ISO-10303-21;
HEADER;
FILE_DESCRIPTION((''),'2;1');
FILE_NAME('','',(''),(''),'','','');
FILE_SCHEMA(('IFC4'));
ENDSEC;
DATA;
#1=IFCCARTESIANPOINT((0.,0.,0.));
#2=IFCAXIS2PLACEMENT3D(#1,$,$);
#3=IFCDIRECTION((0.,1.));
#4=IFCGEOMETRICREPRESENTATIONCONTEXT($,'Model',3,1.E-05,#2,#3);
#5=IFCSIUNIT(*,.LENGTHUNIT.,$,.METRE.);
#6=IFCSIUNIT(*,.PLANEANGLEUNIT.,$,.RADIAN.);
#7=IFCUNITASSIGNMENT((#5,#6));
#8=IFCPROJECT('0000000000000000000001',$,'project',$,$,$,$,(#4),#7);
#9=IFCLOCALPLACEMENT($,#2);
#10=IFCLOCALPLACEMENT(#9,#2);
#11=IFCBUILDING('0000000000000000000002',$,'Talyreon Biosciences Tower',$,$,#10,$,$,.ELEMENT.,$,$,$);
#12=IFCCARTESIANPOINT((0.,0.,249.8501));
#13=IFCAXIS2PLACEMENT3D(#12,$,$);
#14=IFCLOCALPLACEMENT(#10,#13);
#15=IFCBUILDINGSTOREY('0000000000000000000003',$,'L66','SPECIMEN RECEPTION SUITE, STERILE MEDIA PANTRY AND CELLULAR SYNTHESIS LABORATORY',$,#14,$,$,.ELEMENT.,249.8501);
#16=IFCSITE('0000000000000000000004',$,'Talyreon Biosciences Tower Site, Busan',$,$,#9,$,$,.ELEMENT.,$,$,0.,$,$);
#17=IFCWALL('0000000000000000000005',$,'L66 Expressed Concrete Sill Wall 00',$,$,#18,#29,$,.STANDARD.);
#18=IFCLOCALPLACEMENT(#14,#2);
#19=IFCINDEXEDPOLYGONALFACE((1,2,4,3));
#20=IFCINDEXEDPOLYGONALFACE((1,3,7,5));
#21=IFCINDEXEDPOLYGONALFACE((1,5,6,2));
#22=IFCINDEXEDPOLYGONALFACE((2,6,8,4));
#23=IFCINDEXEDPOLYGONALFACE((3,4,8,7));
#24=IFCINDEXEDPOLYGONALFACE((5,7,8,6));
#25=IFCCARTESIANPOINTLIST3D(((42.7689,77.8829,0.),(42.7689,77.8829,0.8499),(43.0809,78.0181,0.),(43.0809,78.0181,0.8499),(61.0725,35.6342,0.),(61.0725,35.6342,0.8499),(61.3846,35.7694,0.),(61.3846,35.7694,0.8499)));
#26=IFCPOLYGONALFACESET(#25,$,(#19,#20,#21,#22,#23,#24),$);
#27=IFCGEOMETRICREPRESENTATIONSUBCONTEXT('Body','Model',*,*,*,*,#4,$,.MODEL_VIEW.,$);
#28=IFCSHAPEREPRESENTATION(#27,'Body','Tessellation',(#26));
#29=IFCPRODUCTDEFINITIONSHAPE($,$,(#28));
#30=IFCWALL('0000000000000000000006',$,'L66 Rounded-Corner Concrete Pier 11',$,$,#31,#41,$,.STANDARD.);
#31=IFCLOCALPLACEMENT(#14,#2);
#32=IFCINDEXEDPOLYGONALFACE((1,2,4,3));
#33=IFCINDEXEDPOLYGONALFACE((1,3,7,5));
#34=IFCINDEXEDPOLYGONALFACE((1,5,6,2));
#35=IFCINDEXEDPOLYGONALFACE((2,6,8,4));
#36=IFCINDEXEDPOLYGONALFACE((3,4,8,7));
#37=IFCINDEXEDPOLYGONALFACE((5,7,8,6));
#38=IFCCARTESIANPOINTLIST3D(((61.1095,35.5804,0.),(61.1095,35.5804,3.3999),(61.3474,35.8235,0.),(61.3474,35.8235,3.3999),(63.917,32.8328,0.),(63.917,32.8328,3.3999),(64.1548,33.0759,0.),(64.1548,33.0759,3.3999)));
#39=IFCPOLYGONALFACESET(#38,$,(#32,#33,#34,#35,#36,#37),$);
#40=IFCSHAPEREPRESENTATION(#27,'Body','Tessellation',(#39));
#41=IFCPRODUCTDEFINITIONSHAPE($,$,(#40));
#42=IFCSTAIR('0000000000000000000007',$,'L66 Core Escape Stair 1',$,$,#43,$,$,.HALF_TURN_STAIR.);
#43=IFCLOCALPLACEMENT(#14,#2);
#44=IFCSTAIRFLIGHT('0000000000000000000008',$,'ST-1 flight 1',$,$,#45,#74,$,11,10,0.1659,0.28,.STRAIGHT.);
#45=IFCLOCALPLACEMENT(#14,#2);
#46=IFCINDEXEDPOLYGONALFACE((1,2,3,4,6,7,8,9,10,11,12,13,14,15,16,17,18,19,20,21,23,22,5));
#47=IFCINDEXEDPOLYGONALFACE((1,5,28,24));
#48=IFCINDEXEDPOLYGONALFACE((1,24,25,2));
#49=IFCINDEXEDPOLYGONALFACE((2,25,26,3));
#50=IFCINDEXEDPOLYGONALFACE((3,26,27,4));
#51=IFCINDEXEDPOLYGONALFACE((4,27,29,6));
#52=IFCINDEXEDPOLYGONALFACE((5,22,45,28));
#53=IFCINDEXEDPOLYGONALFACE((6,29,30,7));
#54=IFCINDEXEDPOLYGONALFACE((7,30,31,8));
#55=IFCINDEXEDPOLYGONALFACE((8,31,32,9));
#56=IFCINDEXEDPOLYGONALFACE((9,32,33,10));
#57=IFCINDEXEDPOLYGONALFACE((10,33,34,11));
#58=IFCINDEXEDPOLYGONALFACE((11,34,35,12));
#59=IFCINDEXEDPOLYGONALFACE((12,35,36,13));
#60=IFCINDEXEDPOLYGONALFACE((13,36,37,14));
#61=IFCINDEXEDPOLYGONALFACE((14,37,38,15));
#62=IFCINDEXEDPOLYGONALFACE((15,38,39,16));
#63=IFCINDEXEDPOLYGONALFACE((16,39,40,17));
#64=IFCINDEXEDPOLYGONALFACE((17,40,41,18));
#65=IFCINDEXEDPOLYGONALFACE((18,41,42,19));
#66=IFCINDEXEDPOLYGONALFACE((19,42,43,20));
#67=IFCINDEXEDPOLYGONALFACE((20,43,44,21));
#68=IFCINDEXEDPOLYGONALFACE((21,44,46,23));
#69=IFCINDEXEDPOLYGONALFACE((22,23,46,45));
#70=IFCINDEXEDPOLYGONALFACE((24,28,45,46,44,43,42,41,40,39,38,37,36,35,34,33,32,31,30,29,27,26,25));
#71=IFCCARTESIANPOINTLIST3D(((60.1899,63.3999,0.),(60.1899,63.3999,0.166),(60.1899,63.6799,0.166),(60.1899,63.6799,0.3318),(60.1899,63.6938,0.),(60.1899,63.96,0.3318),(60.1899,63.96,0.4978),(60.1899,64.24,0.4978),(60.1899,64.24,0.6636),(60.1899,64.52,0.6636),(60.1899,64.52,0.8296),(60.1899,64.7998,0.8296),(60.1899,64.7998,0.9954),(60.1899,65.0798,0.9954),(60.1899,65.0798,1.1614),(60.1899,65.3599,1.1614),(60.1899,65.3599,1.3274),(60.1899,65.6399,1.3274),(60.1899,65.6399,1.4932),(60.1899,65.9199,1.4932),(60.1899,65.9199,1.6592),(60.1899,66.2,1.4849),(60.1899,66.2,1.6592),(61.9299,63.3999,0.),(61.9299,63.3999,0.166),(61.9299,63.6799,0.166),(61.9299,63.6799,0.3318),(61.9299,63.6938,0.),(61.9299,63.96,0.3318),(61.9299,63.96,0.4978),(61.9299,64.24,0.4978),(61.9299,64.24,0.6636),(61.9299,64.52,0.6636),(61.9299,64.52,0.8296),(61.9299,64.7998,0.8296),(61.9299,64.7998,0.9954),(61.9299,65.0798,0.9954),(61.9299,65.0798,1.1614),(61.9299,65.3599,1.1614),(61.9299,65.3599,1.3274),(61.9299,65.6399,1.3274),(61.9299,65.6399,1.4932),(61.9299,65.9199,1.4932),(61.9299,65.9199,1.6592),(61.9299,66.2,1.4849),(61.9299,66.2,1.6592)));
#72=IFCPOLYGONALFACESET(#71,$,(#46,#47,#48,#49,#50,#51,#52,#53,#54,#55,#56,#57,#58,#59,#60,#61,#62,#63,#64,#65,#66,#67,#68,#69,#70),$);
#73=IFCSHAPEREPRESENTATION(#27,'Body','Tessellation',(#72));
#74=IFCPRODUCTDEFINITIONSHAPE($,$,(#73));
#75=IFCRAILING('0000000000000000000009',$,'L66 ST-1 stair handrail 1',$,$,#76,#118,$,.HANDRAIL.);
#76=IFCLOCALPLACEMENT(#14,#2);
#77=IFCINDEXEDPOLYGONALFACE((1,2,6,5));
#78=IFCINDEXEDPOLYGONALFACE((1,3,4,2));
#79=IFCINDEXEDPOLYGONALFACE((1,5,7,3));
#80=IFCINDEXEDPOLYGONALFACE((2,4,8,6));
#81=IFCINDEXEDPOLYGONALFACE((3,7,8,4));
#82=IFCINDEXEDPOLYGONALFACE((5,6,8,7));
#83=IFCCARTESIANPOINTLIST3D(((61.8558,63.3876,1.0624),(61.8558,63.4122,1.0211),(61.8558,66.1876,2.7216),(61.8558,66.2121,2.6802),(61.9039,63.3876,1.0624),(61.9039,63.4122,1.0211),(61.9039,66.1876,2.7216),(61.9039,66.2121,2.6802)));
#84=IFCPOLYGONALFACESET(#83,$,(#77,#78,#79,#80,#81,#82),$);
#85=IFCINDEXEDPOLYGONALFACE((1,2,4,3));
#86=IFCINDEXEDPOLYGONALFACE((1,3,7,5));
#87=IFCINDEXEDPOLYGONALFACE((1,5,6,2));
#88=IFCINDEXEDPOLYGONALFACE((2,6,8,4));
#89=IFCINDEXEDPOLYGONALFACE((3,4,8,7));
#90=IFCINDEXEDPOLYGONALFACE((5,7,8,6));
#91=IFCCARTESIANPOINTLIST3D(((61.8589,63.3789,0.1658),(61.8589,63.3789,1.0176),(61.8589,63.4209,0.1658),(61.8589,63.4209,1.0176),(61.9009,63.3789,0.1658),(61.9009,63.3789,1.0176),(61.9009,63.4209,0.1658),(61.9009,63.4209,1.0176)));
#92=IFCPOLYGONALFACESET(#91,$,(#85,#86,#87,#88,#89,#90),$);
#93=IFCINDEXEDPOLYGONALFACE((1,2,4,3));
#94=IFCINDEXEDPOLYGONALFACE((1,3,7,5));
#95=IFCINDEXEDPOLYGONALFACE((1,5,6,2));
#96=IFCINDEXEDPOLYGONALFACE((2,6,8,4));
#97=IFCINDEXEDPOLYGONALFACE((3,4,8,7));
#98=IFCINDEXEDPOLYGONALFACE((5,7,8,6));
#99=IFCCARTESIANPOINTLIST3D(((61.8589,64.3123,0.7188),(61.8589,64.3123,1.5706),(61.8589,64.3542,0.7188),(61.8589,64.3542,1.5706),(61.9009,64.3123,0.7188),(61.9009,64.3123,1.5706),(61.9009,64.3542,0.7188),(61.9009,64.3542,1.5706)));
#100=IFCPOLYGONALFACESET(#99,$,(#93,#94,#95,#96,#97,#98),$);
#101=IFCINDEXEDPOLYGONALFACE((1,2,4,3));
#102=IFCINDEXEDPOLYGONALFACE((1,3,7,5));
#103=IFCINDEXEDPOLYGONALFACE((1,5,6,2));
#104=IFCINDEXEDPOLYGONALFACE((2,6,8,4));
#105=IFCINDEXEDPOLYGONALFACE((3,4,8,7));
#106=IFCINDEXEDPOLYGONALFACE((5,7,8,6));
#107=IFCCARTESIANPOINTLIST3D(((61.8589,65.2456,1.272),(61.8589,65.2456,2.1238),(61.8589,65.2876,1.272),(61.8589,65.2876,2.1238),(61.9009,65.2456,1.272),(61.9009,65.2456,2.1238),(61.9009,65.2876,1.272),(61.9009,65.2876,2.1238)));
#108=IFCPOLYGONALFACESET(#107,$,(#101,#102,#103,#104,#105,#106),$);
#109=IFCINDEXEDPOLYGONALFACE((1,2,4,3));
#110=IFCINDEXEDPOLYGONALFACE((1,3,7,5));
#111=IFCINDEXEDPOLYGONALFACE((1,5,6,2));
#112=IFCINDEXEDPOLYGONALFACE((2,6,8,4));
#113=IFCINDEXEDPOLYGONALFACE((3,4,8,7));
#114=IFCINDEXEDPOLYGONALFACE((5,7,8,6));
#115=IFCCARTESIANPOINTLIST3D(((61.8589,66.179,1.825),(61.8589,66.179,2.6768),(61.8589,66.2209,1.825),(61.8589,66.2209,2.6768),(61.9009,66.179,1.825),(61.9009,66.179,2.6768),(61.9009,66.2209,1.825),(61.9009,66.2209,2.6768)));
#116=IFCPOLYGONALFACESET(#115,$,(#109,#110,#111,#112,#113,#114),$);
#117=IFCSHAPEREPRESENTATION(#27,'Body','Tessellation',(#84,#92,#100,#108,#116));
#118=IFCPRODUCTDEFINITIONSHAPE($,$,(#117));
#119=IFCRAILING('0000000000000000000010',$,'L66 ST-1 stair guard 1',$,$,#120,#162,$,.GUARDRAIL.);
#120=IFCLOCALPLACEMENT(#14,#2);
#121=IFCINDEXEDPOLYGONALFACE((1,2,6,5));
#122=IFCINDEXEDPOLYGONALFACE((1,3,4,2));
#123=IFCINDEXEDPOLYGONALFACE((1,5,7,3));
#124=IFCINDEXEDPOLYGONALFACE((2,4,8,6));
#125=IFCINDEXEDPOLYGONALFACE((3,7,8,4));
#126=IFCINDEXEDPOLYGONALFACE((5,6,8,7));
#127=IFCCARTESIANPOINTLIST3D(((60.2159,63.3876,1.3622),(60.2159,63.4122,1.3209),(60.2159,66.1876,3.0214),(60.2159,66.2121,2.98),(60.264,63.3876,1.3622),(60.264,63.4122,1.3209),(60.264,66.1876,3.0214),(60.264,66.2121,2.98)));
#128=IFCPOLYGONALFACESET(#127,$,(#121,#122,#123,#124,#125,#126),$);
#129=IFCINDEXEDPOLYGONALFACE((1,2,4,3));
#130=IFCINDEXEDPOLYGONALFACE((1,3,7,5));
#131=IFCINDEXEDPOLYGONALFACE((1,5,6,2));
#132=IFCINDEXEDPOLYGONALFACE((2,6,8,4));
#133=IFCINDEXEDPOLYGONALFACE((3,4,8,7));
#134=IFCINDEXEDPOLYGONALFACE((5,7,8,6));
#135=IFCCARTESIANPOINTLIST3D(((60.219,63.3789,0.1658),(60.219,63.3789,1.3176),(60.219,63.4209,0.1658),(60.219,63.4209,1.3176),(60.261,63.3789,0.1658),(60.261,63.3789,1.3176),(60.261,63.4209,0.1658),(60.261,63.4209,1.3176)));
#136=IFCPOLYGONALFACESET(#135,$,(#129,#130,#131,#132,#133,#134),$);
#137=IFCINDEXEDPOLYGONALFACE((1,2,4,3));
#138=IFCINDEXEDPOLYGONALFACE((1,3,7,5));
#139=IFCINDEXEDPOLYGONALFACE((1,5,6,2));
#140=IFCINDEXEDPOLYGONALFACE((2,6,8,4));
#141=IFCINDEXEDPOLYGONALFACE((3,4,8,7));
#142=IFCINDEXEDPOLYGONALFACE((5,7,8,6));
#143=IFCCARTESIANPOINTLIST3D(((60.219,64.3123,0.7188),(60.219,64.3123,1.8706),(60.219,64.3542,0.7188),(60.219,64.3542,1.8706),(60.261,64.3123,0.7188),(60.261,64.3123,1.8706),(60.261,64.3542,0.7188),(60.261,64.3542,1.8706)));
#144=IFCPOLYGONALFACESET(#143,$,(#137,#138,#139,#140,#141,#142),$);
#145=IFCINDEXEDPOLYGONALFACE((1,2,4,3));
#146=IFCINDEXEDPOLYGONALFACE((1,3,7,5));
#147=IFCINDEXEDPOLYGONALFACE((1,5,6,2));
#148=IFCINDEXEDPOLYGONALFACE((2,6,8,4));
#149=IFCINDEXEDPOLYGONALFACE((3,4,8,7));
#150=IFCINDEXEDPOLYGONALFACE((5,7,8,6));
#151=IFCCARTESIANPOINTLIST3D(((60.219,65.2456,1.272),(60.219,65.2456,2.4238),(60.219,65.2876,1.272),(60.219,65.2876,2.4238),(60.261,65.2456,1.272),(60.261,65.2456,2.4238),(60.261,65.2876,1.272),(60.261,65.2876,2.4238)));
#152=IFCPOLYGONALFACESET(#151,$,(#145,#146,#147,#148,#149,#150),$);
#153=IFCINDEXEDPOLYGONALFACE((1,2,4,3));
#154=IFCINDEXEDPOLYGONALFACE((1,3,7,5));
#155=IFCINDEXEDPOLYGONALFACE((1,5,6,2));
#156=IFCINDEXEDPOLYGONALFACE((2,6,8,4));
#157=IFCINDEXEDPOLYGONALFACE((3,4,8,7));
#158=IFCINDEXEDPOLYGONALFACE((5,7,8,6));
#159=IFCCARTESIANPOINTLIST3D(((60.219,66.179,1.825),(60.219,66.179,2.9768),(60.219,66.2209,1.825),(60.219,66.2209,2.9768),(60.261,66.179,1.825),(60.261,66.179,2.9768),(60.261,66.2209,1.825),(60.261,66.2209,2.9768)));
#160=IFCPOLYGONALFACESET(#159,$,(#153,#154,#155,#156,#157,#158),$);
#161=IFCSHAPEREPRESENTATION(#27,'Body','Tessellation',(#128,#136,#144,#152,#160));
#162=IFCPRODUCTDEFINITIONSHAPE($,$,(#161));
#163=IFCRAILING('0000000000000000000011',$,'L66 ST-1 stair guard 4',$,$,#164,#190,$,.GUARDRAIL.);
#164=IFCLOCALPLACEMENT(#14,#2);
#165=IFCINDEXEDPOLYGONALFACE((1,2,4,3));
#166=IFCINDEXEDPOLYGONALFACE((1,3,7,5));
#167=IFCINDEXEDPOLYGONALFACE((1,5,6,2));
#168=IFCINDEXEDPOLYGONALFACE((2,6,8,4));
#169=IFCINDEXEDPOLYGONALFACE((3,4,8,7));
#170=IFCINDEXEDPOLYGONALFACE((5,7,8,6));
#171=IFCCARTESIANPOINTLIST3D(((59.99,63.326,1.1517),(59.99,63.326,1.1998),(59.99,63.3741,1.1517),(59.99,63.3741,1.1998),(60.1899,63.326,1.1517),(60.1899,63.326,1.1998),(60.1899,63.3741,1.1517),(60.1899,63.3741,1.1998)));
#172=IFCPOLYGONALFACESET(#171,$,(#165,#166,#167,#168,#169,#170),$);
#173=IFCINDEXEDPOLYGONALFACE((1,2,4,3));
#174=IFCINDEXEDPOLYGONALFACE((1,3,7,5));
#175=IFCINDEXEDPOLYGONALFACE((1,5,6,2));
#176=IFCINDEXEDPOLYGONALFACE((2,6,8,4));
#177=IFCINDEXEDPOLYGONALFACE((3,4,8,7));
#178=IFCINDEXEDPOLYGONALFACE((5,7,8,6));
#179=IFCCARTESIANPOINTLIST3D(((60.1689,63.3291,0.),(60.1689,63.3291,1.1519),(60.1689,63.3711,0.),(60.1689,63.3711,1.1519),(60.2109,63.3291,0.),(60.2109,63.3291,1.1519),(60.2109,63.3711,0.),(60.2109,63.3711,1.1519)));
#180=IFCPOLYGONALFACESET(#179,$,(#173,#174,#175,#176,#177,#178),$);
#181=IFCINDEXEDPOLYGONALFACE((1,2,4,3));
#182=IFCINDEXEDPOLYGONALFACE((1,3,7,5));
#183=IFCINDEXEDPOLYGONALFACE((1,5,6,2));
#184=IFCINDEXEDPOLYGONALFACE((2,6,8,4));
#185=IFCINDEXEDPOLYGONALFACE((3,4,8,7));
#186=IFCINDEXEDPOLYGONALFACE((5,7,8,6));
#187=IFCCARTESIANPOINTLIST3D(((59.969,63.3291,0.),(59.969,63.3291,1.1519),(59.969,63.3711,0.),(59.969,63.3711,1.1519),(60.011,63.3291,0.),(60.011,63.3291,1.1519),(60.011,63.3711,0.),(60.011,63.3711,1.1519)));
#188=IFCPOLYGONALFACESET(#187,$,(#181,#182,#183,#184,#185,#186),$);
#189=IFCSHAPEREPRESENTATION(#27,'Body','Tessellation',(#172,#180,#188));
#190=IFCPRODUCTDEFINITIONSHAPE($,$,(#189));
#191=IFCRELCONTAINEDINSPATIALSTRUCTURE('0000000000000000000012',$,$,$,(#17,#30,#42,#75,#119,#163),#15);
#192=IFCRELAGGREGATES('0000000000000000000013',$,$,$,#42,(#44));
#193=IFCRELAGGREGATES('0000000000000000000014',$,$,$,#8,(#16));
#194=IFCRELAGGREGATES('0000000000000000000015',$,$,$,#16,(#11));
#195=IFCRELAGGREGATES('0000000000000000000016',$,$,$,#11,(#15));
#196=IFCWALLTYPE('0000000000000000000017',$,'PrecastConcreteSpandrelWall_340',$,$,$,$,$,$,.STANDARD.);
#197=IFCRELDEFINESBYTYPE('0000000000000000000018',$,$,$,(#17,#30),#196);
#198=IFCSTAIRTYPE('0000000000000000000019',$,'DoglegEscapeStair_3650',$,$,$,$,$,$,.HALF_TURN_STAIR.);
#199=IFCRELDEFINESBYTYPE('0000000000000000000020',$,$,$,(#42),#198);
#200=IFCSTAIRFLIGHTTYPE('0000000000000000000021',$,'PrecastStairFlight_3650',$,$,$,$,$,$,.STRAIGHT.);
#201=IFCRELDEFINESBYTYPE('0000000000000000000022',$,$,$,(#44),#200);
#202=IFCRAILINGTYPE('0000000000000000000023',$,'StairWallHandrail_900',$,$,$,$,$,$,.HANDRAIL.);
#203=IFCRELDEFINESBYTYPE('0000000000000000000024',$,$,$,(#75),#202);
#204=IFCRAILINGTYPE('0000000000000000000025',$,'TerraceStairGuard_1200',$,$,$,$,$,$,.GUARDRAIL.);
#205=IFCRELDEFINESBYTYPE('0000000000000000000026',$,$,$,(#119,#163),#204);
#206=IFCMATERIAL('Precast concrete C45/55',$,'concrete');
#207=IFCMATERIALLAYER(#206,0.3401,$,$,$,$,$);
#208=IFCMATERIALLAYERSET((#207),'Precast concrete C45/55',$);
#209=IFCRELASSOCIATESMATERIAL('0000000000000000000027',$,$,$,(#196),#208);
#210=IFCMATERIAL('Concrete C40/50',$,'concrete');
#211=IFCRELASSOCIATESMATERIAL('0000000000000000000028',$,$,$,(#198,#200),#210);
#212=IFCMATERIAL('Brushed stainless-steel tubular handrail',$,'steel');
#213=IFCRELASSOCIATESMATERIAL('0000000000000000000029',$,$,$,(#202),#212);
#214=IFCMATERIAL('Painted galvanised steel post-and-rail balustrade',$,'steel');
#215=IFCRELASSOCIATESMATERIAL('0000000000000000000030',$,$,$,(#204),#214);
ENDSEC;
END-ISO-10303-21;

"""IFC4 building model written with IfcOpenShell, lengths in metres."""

from ifc_helpers import new_model, si_unit, direction, frame, frame_2d, origin, origin_2d, place, context, subcontext, project, spatial, polyline, rectangle, outline, extrude, material, layer, layer_set, type_object, element, aggregate, save


model = new_model("IFC4")

# Units and contexts
model_context = context("Model", 3, precision=1e-05, world=origin(), true_north=direction((0.0, 1.0)))
body_context = subcontext(model_context, "Body", "Model", "MODEL_VIEW")
ifc_project = project(units=[si_unit("LENGTHUNIT", "METRE"), si_unit("PLANEANGLEUNIT", "RADIAN")], contexts=[model_context])

# Site, building, storey
site_placement = place(None, origin())
site = spatial("IfcSite", under=ifc_project, at=site_placement, Name="Talyreon Biosciences Tower Site, Busan", CompositionType="ELEMENT", RefElevation=0.0)
building_placement = place(site_placement, origin())
building = spatial("IfcBuilding", under=site, at=building_placement, Name="Talyreon Biosciences Tower", CompositionType="ELEMENT")
storey_placement = place(building_placement, frame((0.0, 0.0, 249.8501)))
storey = spatial("IfcBuildingStorey", under=building, at=storey_placement, Name="L66", Description="SPECIMEN RECEPTION SUITE, STERILE MEDIA PANTRY AND CELLULAR SYNTHESIS LABORATORY", CompositionType="ELEMENT", Elevation=249.8501)

# Shared definitions
ifc_material_1 = material(Name="Precast concrete C45/55", Category="concrete")

# Walls
ifc_layer_1 = layer(ifc_material_1, 0.3401)
ifc_layer_set_1 = layer_set([ifc_layer_1], Name="Precast concrete C45/55")
wall_type_1 = type_object("IfcWallType", Name="PrecastConcreteSpandrelWall_340", PredefinedType="STANDARD", material=ifc_layer_set_1)
wall_1_placement = place(storey_placement, frame((61.2285, 35.7019, 0.0), z_axis=(0.0, 0.0, 1.0), x_axis=(-0.397533, 0.917588, 0.0)))
element("IfcWall", 1, at=wall_1_placement, inside=storey, type_object=wall_type_1, Name="L66 Expressed Concrete Sill Wall 00", PredefinedType="STANDARD", context=body_context, shape_type="SweptSolid", body=[
    extrude(rectangle(XDim=46.0432, YDim=0.3401, at=frame_2d((23.0215, 0.0))), origin(), (0.0, 0.0, 1.0), 0.8499),
])
wall_2_placement = place(storey_placement, frame((64.0359, 32.9543, 0.0), z_axis=(0.0, 0.0, 1.0), x_axis=(-0.714679, 0.699452, 0.0)))
element("IfcWall", 2, at=wall_2_placement, inside=storey, type_object=wall_type_1, Name="L66 Rounded-Corner Concrete Pier 11", PredefinedType="STANDARD", context=body_context, shape_type="SweptSolid", body=[
    extrude(rectangle(XDim=3.9282, YDim=0.3401, at=frame_2d((1.9641, 0.0))), origin(), (0.0, 0.0, 1.0), 3.3999),
])

# Stair, stair flight
ifc_material_2 = material(Name="Concrete C40/50", Category="concrete")
stair_type = type_object("IfcStairType", Name="DoglegEscapeStair_3650", PredefinedType="HALF_TURN_STAIR", material=ifc_material_2)
stair_placement = place(storey_placement, origin())
stair = element("IfcStair", 3, at=stair_placement, inside=storey, type_object=stair_type, Name="L66 Core Escape Stair 1", PredefinedType="HALF_TURN_STAIR")
stair_flight_type = type_object("IfcStairFlightType", Name="PrecastStairFlight_3650", PredefinedType="STRAIGHT", material=ifc_material_2)
stair_flight_placement = place(storey_placement, frame((61.0601, 63.3999, 0.0), z_axis=(0.0, 0.0, 1.0), x_axis=(0.0, 1.0, 0.0)))
stair_flight = element("IfcStairFlight", 4, at=stair_flight_placement, type_object=stair_flight_type, Name="ST-1 flight 1", NumberOfRisers=11, NumberOfTreads=10, PredefinedType="STRAIGHT", RiserHeight=0.1659, TreadLength=0.28, context=body_context, shape_type="SweptSolid", body=[
    extrude(outline(polyline([(0.0, 0.0), (0.0, 0.166), (0.28, 0.166), (0.28, 0.3318), (0.5601, 0.3318), (0.5601, 0.4978), (0.8401, 0.4978), (0.8401, 0.6636), (1.1201, 0.6636), (1.1201, 0.8296), (1.3999, 0.8296), (1.3999, 0.9954), (1.6799, 0.9954), (1.6799, 1.1614), (1.96, 1.1614), (1.96, 1.3274), (2.24, 1.3274), (2.24, 1.4932), (2.52, 1.4932), (2.52, 1.6592), (2.8, 1.6592), (2.8, 1.825), (2.8, 1.4849), (0.2939, 0.0), (0.0, 0.0)])), frame((0.0, 0.8701, 0.0), z_axis=(0.0, -1.0, 0.0), x_axis=(1.0, 0.0, 0.0)), (0.0, 0.0, 1.0), 1.74),
])
aggregate(stair, [stair_flight])

# Railings
ifc_material_3 = material(Name="Brushed stainless-steel tubular handrail", Category="steel")
railing_type_1 = type_object("IfcRailingType", Name="StairWallHandrail_900", PredefinedType="HANDRAIL", material=ifc_material_3)
railing_1_placement = place(storey_placement, frame((61.8799, 63.3999, 0.1658)))
element("IfcRailing", 5, at=railing_1_placement, inside=storey, type_object=railing_type_1, Name="L66 ST-1 stair handrail 1", PredefinedType="HANDRAIL", context=body_context, shape_type="SweptSolid", body=[
    extrude(rectangle(XDim=0.0481, YDim=0.0481, at=origin_2d()), frame((0.0, 0.0, 0.876), z_axis=(0.0, 0.860306, 0.509778), x_axis=(-1.0, 0.0, 0.0)), (0.0, 0.0, 1.0), 3.2546),
    extrude(rectangle(XDim=0.042, YDim=0.042, at=origin_2d()), origin(), (0.0, 0.0, 1.0), 0.8518),
    extrude(rectangle(XDim=0.042, YDim=0.042, at=origin_2d()), frame((0.0, 0.9333, 0.553)), (0.0, 0.0, 1.0), 0.8518),
    extrude(rectangle(XDim=0.042, YDim=0.042, at=origin_2d()), frame((0.0, 1.8667, 1.1062)), (0.0, 0.0, 1.0), 0.8518),
    extrude(rectangle(XDim=0.042, YDim=0.042, at=origin_2d()), frame((0.0, 2.8, 1.6592)), (0.0, 0.0, 1.0), 0.8518),
])
ifc_material_4 = material(Name="Painted galvanised steel post-and-rail balustrade", Category="steel")
railing_type_2 = type_object("IfcRailingType", Name="TerraceStairGuard_1200", PredefinedType="GUARDRAIL", material=ifc_material_4)
railing_2_placement = place(storey_placement, frame((60.24, 63.3999, 0.1658)))
element("IfcRailing", 6, at=railing_2_placement, inside=storey, type_object=railing_type_2, Name="L66 ST-1 stair guard 1", PredefinedType="GUARDRAIL", context=body_context, shape_type="SweptSolid", body=[
    extrude(rectangle(XDim=0.0481, YDim=0.0481, at=origin_2d()), frame((0.0, 0.0, 1.1758), z_axis=(0.0, 0.860306, 0.509778), x_axis=(-1.0, 0.0, 0.0)), (0.0, 0.0, 1.0), 3.2546),
    extrude(rectangle(XDim=0.042, YDim=0.042, at=origin_2d()), origin(), (0.0, 0.0, 1.0), 1.1519),
    extrude(rectangle(XDim=0.042, YDim=0.042, at=origin_2d()), frame((0.0, 0.9333, 0.553)), (0.0, 0.0, 1.0), 1.1519),
    extrude(rectangle(XDim=0.042, YDim=0.042, at=origin_2d()), frame((0.0, 1.8667, 1.1062)), (0.0, 0.0, 1.0), 1.1519),
    extrude(rectangle(XDim=0.042, YDim=0.042, at=origin_2d()), frame((0.0, 2.8, 1.6592)), (0.0, 0.0, 1.0), 1.1519),
])
railing_3_placement = place(storey_placement, frame((60.1899, 63.3501, 0.0)))
element("IfcRailing", 7, at=railing_3_placement, inside=storey, type_object=railing_type_2, Name="L66 ST-1 stair guard 4", PredefinedType="GUARDRAIL", context=body_context, shape_type="SweptSolid", body=[
    extrude(rectangle(XDim=0.0481, YDim=0.0481, at=origin_2d()), frame((0.0, 0.0, 1.1758), z_axis=(-1.0, 0.0, 0.0), x_axis=(0.0, -1.0, 0.0)), (0.0, 0.0, 1.0), 0.2),
    extrude(rectangle(XDim=0.042, YDim=0.042, at=origin_2d()), origin(), (0.0, 0.0, 1.0), 1.1519),
    extrude(rectangle(XDim=0.042, YDim=0.042, at=origin_2d()), frame((-0.2, 0.0, 0.0)), (0.0, 0.0, 1.0), 1.1519),
])

save(model, "model.ifc")
